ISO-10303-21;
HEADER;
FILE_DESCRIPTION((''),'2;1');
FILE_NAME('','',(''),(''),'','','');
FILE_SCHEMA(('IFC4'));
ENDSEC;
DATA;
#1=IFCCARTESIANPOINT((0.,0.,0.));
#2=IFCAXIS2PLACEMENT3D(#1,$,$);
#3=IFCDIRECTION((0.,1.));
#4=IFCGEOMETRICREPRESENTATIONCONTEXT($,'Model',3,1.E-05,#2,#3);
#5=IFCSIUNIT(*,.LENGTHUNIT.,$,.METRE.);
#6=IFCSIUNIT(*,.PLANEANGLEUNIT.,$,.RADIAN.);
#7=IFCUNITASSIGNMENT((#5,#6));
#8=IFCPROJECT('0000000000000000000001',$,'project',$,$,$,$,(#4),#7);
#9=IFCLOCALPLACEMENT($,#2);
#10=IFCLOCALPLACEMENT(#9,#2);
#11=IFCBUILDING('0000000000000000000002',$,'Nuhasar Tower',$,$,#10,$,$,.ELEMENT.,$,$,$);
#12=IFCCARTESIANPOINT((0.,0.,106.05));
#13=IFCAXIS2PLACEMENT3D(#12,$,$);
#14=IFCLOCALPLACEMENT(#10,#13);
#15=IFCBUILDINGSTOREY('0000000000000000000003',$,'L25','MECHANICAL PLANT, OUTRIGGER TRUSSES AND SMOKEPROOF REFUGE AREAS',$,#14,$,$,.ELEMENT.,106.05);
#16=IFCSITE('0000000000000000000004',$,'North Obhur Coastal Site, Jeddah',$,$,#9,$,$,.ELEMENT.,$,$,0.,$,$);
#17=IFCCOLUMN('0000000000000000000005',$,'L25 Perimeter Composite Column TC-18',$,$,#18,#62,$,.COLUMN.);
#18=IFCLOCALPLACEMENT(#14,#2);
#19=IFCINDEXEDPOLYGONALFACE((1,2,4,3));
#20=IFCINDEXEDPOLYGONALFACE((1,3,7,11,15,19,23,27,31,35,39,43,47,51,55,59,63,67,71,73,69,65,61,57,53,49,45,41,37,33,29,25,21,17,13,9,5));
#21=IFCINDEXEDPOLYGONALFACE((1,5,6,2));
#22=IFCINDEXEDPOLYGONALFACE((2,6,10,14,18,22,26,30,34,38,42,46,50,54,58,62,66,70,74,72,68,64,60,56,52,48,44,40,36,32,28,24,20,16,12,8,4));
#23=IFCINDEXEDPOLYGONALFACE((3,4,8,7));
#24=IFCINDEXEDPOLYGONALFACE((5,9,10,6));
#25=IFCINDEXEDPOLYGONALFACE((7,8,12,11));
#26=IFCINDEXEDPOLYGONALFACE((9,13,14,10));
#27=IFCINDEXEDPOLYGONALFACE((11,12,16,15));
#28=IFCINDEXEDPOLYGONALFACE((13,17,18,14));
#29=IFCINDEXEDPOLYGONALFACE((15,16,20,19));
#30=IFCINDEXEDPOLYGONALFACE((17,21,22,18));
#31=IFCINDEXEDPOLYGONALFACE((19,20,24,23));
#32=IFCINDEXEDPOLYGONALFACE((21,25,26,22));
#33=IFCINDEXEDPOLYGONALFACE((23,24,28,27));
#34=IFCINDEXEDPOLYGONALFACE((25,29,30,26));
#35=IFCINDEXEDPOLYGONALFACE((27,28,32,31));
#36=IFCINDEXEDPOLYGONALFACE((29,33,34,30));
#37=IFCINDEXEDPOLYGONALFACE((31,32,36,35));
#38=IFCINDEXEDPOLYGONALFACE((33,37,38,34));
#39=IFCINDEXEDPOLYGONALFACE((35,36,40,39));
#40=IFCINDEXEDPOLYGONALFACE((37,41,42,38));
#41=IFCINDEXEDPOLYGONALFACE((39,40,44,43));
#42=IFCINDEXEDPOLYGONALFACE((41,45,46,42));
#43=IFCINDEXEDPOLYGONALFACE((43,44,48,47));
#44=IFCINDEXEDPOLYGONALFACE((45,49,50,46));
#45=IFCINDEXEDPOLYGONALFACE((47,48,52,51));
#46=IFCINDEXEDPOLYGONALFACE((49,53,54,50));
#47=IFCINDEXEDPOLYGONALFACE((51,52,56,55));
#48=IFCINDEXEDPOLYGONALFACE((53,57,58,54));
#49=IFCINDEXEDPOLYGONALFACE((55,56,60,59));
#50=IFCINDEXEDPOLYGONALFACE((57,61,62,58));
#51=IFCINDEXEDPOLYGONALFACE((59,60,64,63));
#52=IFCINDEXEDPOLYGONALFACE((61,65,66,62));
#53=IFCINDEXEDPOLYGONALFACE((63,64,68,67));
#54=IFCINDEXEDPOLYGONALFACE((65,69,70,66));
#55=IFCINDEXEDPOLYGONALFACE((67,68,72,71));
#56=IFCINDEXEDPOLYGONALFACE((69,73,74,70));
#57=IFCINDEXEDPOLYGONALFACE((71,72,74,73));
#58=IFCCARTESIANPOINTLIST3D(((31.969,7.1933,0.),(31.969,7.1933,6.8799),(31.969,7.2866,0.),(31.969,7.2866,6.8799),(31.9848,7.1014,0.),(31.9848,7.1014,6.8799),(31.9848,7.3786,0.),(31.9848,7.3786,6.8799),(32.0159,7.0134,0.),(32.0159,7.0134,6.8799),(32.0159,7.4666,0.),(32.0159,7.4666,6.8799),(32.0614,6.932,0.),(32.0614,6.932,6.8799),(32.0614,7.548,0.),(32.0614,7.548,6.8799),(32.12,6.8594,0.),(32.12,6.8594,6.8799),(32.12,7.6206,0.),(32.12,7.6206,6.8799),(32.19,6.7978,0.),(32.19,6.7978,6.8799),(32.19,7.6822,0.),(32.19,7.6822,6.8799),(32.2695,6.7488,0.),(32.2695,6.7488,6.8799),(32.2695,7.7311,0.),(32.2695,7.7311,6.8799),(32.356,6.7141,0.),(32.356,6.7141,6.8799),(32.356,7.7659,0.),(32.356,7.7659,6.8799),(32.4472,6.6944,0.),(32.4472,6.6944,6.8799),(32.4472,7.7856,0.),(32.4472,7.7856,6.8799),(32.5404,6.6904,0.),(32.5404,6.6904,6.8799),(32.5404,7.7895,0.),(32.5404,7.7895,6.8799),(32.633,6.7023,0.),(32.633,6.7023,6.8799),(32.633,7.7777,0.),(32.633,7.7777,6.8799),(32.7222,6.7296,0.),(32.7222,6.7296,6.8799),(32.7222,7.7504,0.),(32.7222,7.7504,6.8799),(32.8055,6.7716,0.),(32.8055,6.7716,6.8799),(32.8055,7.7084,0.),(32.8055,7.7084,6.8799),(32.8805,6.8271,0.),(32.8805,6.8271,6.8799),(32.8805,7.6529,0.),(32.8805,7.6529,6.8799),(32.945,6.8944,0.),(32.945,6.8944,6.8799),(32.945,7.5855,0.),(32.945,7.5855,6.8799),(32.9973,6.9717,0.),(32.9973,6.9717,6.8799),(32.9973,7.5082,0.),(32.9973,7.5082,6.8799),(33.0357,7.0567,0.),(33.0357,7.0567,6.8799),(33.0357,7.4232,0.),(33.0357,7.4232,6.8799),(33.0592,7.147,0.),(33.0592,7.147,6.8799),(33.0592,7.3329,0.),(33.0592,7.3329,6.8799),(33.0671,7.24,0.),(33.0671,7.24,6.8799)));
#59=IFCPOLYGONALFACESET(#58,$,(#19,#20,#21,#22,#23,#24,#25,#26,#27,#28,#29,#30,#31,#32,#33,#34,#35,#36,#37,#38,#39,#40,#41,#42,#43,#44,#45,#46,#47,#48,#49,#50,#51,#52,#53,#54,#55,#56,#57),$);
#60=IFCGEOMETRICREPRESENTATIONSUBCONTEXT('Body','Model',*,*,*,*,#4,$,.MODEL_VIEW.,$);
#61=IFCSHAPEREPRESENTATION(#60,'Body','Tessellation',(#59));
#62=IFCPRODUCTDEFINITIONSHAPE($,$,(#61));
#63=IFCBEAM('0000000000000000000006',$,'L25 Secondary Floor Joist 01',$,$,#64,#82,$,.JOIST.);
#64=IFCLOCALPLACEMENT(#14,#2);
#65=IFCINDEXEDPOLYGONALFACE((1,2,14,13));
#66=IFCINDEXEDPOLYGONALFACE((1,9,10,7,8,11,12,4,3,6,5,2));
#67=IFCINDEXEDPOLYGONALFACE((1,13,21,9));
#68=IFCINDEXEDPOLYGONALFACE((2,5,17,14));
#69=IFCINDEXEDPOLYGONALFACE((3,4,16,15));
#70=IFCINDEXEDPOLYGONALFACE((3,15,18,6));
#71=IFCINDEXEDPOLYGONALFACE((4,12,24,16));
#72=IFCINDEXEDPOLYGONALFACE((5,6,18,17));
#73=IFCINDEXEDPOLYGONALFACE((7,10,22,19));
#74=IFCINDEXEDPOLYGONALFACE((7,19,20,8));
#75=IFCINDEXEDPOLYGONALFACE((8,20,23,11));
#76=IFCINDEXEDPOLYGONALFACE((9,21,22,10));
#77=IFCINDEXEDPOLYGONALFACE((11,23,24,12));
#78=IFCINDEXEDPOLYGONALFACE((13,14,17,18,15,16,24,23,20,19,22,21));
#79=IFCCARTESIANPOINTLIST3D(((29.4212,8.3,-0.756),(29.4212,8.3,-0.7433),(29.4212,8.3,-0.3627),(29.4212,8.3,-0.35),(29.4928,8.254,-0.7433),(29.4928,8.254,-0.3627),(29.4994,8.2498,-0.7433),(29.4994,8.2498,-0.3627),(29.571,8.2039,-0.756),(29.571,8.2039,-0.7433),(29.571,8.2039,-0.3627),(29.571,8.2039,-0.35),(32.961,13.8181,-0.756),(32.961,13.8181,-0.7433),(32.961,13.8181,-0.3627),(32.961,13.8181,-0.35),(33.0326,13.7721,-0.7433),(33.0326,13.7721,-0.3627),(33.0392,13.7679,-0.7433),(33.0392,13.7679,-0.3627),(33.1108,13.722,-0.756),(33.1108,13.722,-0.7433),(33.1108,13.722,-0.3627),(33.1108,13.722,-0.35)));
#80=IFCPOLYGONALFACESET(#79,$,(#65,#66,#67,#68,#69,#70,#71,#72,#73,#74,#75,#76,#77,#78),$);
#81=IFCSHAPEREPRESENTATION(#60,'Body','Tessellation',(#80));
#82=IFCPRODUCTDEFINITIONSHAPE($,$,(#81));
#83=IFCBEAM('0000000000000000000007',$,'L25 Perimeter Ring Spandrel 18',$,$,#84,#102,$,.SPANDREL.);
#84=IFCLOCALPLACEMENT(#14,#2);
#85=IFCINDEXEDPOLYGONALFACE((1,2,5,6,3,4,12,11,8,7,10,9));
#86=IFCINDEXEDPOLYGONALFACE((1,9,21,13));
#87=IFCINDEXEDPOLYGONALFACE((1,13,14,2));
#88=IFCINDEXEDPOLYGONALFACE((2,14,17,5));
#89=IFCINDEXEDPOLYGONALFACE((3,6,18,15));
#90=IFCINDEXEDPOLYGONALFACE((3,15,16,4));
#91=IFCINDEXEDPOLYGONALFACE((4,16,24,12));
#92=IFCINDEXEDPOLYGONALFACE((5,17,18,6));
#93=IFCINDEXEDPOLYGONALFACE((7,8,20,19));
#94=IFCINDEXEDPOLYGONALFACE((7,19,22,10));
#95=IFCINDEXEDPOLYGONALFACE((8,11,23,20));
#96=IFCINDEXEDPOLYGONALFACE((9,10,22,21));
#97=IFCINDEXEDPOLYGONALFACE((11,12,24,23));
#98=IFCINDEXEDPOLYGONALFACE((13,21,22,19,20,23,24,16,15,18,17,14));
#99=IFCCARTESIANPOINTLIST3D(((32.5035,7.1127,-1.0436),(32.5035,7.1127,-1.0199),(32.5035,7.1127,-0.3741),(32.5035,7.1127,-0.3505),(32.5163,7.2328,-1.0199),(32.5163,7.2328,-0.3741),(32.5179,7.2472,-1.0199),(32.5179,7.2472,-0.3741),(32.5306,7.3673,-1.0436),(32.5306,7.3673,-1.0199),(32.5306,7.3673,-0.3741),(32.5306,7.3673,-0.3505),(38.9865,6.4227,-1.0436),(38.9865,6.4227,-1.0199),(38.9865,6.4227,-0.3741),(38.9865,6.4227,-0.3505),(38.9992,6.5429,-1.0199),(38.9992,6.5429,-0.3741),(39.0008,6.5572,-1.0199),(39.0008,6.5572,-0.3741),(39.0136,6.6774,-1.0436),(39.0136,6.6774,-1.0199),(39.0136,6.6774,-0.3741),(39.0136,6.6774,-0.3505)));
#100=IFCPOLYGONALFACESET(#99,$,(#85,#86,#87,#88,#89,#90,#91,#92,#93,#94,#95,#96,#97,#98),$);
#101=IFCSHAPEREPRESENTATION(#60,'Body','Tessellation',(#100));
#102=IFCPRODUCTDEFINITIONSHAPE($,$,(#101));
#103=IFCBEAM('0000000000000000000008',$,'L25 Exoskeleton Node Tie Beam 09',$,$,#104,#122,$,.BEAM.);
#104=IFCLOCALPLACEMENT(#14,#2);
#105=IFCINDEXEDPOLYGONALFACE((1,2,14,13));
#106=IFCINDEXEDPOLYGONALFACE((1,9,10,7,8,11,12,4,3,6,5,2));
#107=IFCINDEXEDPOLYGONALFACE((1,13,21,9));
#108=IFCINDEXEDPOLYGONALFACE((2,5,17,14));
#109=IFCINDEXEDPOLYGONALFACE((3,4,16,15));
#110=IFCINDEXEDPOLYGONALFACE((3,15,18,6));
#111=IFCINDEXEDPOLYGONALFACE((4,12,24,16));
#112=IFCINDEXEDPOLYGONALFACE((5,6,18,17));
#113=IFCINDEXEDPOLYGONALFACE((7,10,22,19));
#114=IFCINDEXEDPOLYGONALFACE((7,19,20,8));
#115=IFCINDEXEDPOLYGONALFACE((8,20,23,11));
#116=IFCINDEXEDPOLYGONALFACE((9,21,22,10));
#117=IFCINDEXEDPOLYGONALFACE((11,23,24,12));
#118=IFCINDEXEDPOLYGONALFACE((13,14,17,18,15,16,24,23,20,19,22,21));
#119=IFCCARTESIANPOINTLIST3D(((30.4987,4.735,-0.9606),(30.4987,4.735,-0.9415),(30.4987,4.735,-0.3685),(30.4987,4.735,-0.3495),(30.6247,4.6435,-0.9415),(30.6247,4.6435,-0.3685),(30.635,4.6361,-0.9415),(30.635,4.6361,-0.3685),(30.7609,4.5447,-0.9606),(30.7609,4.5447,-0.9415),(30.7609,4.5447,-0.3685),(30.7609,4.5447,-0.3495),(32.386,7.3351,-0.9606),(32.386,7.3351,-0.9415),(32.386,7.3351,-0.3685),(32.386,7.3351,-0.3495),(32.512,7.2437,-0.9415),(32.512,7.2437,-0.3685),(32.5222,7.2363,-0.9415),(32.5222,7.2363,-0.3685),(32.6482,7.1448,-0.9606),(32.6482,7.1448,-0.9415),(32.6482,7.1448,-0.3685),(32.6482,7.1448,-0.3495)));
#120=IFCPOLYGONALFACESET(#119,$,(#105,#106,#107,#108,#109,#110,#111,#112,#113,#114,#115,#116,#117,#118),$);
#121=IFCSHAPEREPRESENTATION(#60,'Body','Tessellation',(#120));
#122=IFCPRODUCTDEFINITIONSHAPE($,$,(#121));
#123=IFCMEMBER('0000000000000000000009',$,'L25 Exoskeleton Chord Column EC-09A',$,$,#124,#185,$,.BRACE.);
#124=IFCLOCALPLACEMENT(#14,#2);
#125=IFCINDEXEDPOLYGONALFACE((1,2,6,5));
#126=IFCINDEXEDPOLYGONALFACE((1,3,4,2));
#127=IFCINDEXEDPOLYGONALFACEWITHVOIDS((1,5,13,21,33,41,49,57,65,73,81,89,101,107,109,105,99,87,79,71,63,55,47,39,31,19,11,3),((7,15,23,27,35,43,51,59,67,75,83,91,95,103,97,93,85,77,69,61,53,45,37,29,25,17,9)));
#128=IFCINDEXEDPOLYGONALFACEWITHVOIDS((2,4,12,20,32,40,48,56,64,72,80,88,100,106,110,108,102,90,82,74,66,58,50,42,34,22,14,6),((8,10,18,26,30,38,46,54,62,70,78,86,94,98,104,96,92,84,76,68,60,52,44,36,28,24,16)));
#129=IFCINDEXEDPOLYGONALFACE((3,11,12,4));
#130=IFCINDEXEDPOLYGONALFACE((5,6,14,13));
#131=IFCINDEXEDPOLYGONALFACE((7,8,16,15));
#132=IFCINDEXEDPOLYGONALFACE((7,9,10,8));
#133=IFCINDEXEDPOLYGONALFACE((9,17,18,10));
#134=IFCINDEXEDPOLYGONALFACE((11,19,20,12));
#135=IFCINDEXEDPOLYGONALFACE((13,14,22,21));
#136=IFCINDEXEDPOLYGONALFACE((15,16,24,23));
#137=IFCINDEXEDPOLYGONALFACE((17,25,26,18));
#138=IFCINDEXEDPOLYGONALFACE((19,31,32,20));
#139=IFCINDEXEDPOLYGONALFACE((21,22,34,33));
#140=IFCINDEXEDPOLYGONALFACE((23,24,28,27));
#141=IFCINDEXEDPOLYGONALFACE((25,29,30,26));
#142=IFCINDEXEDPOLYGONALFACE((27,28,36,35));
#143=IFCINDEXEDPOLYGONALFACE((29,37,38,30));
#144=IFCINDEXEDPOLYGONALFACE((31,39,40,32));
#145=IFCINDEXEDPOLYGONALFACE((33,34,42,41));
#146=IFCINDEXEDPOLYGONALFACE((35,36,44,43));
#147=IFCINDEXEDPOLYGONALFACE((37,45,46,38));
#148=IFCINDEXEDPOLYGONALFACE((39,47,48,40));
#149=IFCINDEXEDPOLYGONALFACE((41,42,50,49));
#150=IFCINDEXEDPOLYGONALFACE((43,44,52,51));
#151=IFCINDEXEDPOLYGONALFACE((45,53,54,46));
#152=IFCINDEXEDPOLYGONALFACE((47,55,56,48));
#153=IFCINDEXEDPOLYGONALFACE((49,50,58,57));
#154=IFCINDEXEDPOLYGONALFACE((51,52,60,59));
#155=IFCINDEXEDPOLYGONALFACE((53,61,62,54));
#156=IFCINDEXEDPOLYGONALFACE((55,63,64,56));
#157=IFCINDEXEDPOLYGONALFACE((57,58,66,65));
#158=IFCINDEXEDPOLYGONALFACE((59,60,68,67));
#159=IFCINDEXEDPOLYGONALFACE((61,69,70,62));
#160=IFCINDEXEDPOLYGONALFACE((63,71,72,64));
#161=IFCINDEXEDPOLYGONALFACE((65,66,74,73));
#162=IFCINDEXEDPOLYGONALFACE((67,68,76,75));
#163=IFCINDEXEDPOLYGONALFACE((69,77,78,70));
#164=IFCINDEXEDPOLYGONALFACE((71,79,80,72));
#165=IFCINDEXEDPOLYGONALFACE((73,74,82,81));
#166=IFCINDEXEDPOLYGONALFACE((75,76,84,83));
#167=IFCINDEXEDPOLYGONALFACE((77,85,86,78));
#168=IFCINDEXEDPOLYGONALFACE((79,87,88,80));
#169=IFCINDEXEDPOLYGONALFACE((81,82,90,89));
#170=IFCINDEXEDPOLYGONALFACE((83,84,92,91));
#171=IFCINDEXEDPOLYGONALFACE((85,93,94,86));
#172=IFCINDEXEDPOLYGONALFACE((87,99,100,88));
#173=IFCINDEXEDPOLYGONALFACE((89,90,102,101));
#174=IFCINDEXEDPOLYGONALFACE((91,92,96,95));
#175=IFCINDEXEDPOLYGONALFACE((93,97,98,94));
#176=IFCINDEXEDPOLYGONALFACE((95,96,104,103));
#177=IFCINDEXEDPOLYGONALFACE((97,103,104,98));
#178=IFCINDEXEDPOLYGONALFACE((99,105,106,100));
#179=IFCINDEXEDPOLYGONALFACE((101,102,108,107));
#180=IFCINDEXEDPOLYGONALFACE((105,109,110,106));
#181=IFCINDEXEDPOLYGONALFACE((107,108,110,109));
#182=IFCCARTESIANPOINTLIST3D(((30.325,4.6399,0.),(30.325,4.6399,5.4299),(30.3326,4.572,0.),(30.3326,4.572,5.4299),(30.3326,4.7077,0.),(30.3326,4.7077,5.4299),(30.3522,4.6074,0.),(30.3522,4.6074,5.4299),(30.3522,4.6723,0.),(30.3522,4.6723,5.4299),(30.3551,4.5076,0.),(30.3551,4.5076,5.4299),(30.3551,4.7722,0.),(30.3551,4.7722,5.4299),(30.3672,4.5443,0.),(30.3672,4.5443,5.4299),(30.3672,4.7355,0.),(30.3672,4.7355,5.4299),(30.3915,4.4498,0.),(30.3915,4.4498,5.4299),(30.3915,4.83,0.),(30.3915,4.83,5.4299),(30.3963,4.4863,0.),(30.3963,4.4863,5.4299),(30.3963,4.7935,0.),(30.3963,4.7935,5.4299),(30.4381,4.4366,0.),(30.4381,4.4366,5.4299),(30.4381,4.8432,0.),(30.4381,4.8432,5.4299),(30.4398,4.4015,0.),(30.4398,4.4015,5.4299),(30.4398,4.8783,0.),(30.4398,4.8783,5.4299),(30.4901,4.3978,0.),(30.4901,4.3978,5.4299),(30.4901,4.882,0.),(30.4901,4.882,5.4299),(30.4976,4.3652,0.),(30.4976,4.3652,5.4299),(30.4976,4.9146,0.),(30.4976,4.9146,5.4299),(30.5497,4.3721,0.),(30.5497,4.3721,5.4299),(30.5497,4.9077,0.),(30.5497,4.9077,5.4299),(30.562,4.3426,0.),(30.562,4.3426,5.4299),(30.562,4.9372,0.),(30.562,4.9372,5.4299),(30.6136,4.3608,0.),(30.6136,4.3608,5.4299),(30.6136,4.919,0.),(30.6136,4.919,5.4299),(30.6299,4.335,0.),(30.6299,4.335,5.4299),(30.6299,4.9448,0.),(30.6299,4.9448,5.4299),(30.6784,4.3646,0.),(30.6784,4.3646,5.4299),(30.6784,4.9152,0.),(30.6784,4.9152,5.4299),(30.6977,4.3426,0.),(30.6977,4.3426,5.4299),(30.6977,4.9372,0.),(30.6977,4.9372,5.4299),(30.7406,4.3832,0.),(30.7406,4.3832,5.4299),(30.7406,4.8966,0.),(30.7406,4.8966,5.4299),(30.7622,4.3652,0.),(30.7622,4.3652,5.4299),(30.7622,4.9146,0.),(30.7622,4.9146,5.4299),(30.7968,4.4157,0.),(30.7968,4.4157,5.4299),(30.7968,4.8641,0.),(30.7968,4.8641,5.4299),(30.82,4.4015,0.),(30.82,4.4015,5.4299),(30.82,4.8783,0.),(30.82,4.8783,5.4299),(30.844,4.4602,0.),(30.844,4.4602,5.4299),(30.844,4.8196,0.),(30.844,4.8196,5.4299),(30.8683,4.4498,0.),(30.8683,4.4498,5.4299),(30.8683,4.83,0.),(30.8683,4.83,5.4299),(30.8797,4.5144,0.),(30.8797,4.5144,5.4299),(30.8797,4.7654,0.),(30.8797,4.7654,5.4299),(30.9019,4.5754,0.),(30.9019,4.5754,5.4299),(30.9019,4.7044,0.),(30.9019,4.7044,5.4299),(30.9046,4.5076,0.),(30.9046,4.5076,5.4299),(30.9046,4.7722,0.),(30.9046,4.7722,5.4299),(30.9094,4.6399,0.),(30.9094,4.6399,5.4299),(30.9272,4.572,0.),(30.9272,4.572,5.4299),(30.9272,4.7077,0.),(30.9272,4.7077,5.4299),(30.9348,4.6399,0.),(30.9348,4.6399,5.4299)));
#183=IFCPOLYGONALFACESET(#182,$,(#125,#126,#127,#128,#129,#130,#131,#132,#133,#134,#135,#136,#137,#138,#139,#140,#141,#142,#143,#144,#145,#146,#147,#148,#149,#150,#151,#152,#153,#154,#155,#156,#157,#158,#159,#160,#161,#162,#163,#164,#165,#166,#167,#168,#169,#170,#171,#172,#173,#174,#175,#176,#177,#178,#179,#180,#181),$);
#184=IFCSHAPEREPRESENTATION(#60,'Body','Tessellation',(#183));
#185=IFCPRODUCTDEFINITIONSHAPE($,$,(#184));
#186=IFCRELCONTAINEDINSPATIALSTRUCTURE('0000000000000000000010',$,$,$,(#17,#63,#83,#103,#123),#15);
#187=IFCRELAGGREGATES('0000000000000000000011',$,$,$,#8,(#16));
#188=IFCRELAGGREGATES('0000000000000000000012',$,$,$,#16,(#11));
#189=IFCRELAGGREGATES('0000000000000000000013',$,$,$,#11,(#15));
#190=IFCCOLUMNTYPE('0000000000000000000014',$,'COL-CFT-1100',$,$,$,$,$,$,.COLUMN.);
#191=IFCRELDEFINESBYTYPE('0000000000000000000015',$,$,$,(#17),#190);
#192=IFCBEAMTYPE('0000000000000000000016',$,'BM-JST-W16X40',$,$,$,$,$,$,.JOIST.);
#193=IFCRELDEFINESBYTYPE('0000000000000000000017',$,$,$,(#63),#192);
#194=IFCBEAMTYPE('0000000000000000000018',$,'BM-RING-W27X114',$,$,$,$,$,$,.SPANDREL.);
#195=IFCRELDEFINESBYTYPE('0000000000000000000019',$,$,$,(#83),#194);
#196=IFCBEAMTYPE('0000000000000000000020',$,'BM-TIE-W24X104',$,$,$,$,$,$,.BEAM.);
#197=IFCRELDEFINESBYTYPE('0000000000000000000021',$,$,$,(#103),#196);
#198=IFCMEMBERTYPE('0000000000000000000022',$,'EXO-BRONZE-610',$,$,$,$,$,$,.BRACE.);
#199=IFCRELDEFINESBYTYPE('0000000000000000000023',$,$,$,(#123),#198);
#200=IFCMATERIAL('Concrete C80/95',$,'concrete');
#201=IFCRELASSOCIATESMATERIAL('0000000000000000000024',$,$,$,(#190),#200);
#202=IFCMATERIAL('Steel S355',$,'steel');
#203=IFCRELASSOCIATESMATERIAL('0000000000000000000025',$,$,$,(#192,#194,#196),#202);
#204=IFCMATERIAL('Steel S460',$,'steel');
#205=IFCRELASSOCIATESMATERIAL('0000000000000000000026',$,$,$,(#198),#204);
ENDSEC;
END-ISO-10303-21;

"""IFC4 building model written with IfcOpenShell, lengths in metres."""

from ifc_helpers import new_model, si_unit, direction, frame, origin, origin_2d, place, context, subcontext, project, spatial, circle, hollow_circle, i_section, extrude, material, material_profile, profile_set, type_object, element, save


model = new_model("IFC4")

# Units and contexts
model_context = context("Model", 3, precision=1e-05, world=origin(), true_north=direction((0.0, 1.0)))
body_context = subcontext(model_context, "Body", "Model", "MODEL_VIEW")
ifc_project = project(units=[si_unit("LENGTHUNIT", "METRE"), si_unit("PLANEANGLEUNIT", "RADIAN")], contexts=[model_context])

# Site, building, storey
site_placement = place(None, origin())
site = spatial("IfcSite", under=ifc_project, at=site_placement, Name="North Obhur Coastal Site, Jeddah", CompositionType="ELEMENT", RefElevation=0.0)
building_placement = place(site_placement, origin())
building = spatial("IfcBuilding", under=site, at=building_placement, Name="Nuhasar Tower", CompositionType="ELEMENT")
storey_placement = place(building_placement, frame((0.0, 0.0, 106.05)))
storey = spatial("IfcBuildingStorey", under=building, at=storey_placement, Name="L25", Description="MECHANICAL PLANT, OUTRIGGER TRUSSES AND SMOKEPROOF REFUGE AREAS", CompositionType="ELEMENT", Elevation=106.05)

# Column
ifc_material_1 = material(Name="Concrete C80/95", Category="concrete")
ifc_material_profile_1 = material_profile(ifc_material_1, circle(Radius=0.55, at=origin_2d()), Name="CFT1100")
ifc_profile_set_1 = profile_set([ifc_material_profile_1], Name="Concrete C80/95")
column_type = type_object("IfcColumnType", Name="COL-CFT-1100", PredefinedType="COLUMN", material=ifc_profile_set_1)
column_placement = place(storey_placement, frame((32.5171, 7.24, 0.0), z_axis=(0.0, 0.0, 1.0), x_axis=(1.0, 0.0, 0.0)))
element("IfcColumn", 1, at=column_placement, inside=storey, type_object=column_type, Name="L25 Perimeter Composite Column TC-18", PredefinedType="COLUMN", context=body_context, shape_type="SweptSolid", body=[
    extrude(circle(Radius=0.55, at=origin_2d()), origin(), (0.0, 0.0, 1.0), 6.8799),
])

# Beams
ifc_material_2 = material(Name="Steel S355", Category="steel")
ifc_material_profile_2 = material_profile(ifc_material_2, i_section(OverallWidth=0.178, OverallDepth=0.406, WebThickness=0.0078, FlangeThickness=0.0127, at=origin_2d()), Name="W16X40")
ifc_profile_set_2 = profile_set([ifc_material_profile_2], Name="Steel S355")
beam_type_1 = type_object("IfcBeamType", Name="BM-JST-W16X40", PredefinedType="JOIST", material=ifc_profile_set_2)
beam_1_placement = place(storey_placement, frame((33.0359, 13.77, -0.553), z_axis=(-0.539944, -0.841701, 0.0), x_axis=(0.841701, -0.539944, 0.0)))
element("IfcBeam", 2, at=beam_1_placement, inside=storey, type_object=beam_type_1, Name="L25 Secondary Floor Joist 01", PredefinedType="JOIST", context=body_context, shape_type="SweptSolid", body=[
    extrude(i_section(OverallWidth=0.178, OverallDepth=0.406, WebThickness=0.0078, FlangeThickness=0.0127, at=origin_2d()), origin(), (0.0, 0.0, 1.0), 6.5559),
])
ifc_material_profile_3 = material_profile(ifc_material_2, i_section(OverallWidth=0.2561, OverallDepth=0.6931, WebThickness=0.0144, FlangeThickness=0.0237, at=origin_2d()), Name="W27X114")
ifc_profile_set_3 = profile_set([ifc_material_profile_3], Name="Steel S355")
beam_type_2 = type_object("IfcBeamType", Name="BM-RING-W27X114", PredefinedType="SPANDREL", material=ifc_profile_set_3)
beam_2_placement = place(storey_placement, frame((32.5171, 7.24, -0.697), z_axis=(0.994385, -0.105827, 0.0), x_axis=(0.105827, 0.994385, 0.0)))
element("IfcBeam", 3, at=beam_2_placement, inside=storey, type_object=beam_type_2, Name="L25 Perimeter Ring Spandrel 18", PredefinedType="SPANDREL", context=body_context, shape_type="SweptSolid", body=[
    extrude(i_section(OverallWidth=0.2561, OverallDepth=0.6931, WebThickness=0.0144, FlangeThickness=0.0237, at=origin_2d()), origin(), (0.0, 0.0, 1.0), 6.5195),
])
ifc_material_profile_4 = material_profile(ifc_material_2, i_section(OverallWidth=0.324, OverallDepth=0.6111, WebThickness=0.0127, FlangeThickness=0.019, at=origin_2d()), Name="W24X104")
ifc_profile_set_4 = profile_set([ifc_material_profile_4], Name="Steel S355")
beam_type_3 = type_object("IfcBeamType", Name="BM-TIE-W24X104", PredefinedType="BEAM", material=ifc_profile_set_4)
beam_3_placement = place(storey_placement, frame((32.5171, 7.24, -0.655), z_axis=(-0.587403, -0.809294, 0.0), x_axis=(0.809294, -0.587403, 0.0)))
element("IfcBeam", 4, at=beam_3_placement, inside=storey, type_object=beam_type_3, Name="L25 Exoskeleton Node Tie Beam 09", PredefinedType="BEAM", context=body_context, shape_type="SweptSolid", body=[
    extrude(i_section(OverallWidth=0.324, OverallDepth=0.6111, WebThickness=0.0127, FlangeThickness=0.019, at=origin_2d()), origin(), (0.0, 0.0, 1.0), 3.2129),
])

# Member
ifc_material_3 = material(Name="Steel S460", Category="steel")
ifc_material_profile_5 = material_profile(ifc_material_3, hollow_circle(Radius=0.3049, WallThickness=0.0254, at=origin_2d()), Name="HSS610X25.4")
ifc_profile_set_5 = profile_set([ifc_material_profile_5], Name="Steel S460")
member_type_1 = type_object("IfcMemberType", Name="EXO-BRONZE-610", PredefinedType="BRACE", material=ifc_profile_set_5)
for number, where, z_axis, x_axis, name in (
    (5, (30.6299, 4.6399, 0.0), (0.0, 0.0, 1.0), (1.0, 0.0, 0.0), "L25 Exoskeleton Chord Column EC-09A"),
):
    element("IfcMember", number, at=place(storey_placement, frame(where, z_axis=z_axis, x_axis=x_axis)), inside=storey, type_object=member_type_1, Name=name, PredefinedType="BRACE", context=body_context, shape_type="SweptSolid", body=[
        extrude(hollow_circle(Radius=0.3049, WallThickness=0.0254, at=origin_2d()), origin(), (0.0, 0.0, 1.0), 5.4299),
    ])

save(model, "model.ifc")
